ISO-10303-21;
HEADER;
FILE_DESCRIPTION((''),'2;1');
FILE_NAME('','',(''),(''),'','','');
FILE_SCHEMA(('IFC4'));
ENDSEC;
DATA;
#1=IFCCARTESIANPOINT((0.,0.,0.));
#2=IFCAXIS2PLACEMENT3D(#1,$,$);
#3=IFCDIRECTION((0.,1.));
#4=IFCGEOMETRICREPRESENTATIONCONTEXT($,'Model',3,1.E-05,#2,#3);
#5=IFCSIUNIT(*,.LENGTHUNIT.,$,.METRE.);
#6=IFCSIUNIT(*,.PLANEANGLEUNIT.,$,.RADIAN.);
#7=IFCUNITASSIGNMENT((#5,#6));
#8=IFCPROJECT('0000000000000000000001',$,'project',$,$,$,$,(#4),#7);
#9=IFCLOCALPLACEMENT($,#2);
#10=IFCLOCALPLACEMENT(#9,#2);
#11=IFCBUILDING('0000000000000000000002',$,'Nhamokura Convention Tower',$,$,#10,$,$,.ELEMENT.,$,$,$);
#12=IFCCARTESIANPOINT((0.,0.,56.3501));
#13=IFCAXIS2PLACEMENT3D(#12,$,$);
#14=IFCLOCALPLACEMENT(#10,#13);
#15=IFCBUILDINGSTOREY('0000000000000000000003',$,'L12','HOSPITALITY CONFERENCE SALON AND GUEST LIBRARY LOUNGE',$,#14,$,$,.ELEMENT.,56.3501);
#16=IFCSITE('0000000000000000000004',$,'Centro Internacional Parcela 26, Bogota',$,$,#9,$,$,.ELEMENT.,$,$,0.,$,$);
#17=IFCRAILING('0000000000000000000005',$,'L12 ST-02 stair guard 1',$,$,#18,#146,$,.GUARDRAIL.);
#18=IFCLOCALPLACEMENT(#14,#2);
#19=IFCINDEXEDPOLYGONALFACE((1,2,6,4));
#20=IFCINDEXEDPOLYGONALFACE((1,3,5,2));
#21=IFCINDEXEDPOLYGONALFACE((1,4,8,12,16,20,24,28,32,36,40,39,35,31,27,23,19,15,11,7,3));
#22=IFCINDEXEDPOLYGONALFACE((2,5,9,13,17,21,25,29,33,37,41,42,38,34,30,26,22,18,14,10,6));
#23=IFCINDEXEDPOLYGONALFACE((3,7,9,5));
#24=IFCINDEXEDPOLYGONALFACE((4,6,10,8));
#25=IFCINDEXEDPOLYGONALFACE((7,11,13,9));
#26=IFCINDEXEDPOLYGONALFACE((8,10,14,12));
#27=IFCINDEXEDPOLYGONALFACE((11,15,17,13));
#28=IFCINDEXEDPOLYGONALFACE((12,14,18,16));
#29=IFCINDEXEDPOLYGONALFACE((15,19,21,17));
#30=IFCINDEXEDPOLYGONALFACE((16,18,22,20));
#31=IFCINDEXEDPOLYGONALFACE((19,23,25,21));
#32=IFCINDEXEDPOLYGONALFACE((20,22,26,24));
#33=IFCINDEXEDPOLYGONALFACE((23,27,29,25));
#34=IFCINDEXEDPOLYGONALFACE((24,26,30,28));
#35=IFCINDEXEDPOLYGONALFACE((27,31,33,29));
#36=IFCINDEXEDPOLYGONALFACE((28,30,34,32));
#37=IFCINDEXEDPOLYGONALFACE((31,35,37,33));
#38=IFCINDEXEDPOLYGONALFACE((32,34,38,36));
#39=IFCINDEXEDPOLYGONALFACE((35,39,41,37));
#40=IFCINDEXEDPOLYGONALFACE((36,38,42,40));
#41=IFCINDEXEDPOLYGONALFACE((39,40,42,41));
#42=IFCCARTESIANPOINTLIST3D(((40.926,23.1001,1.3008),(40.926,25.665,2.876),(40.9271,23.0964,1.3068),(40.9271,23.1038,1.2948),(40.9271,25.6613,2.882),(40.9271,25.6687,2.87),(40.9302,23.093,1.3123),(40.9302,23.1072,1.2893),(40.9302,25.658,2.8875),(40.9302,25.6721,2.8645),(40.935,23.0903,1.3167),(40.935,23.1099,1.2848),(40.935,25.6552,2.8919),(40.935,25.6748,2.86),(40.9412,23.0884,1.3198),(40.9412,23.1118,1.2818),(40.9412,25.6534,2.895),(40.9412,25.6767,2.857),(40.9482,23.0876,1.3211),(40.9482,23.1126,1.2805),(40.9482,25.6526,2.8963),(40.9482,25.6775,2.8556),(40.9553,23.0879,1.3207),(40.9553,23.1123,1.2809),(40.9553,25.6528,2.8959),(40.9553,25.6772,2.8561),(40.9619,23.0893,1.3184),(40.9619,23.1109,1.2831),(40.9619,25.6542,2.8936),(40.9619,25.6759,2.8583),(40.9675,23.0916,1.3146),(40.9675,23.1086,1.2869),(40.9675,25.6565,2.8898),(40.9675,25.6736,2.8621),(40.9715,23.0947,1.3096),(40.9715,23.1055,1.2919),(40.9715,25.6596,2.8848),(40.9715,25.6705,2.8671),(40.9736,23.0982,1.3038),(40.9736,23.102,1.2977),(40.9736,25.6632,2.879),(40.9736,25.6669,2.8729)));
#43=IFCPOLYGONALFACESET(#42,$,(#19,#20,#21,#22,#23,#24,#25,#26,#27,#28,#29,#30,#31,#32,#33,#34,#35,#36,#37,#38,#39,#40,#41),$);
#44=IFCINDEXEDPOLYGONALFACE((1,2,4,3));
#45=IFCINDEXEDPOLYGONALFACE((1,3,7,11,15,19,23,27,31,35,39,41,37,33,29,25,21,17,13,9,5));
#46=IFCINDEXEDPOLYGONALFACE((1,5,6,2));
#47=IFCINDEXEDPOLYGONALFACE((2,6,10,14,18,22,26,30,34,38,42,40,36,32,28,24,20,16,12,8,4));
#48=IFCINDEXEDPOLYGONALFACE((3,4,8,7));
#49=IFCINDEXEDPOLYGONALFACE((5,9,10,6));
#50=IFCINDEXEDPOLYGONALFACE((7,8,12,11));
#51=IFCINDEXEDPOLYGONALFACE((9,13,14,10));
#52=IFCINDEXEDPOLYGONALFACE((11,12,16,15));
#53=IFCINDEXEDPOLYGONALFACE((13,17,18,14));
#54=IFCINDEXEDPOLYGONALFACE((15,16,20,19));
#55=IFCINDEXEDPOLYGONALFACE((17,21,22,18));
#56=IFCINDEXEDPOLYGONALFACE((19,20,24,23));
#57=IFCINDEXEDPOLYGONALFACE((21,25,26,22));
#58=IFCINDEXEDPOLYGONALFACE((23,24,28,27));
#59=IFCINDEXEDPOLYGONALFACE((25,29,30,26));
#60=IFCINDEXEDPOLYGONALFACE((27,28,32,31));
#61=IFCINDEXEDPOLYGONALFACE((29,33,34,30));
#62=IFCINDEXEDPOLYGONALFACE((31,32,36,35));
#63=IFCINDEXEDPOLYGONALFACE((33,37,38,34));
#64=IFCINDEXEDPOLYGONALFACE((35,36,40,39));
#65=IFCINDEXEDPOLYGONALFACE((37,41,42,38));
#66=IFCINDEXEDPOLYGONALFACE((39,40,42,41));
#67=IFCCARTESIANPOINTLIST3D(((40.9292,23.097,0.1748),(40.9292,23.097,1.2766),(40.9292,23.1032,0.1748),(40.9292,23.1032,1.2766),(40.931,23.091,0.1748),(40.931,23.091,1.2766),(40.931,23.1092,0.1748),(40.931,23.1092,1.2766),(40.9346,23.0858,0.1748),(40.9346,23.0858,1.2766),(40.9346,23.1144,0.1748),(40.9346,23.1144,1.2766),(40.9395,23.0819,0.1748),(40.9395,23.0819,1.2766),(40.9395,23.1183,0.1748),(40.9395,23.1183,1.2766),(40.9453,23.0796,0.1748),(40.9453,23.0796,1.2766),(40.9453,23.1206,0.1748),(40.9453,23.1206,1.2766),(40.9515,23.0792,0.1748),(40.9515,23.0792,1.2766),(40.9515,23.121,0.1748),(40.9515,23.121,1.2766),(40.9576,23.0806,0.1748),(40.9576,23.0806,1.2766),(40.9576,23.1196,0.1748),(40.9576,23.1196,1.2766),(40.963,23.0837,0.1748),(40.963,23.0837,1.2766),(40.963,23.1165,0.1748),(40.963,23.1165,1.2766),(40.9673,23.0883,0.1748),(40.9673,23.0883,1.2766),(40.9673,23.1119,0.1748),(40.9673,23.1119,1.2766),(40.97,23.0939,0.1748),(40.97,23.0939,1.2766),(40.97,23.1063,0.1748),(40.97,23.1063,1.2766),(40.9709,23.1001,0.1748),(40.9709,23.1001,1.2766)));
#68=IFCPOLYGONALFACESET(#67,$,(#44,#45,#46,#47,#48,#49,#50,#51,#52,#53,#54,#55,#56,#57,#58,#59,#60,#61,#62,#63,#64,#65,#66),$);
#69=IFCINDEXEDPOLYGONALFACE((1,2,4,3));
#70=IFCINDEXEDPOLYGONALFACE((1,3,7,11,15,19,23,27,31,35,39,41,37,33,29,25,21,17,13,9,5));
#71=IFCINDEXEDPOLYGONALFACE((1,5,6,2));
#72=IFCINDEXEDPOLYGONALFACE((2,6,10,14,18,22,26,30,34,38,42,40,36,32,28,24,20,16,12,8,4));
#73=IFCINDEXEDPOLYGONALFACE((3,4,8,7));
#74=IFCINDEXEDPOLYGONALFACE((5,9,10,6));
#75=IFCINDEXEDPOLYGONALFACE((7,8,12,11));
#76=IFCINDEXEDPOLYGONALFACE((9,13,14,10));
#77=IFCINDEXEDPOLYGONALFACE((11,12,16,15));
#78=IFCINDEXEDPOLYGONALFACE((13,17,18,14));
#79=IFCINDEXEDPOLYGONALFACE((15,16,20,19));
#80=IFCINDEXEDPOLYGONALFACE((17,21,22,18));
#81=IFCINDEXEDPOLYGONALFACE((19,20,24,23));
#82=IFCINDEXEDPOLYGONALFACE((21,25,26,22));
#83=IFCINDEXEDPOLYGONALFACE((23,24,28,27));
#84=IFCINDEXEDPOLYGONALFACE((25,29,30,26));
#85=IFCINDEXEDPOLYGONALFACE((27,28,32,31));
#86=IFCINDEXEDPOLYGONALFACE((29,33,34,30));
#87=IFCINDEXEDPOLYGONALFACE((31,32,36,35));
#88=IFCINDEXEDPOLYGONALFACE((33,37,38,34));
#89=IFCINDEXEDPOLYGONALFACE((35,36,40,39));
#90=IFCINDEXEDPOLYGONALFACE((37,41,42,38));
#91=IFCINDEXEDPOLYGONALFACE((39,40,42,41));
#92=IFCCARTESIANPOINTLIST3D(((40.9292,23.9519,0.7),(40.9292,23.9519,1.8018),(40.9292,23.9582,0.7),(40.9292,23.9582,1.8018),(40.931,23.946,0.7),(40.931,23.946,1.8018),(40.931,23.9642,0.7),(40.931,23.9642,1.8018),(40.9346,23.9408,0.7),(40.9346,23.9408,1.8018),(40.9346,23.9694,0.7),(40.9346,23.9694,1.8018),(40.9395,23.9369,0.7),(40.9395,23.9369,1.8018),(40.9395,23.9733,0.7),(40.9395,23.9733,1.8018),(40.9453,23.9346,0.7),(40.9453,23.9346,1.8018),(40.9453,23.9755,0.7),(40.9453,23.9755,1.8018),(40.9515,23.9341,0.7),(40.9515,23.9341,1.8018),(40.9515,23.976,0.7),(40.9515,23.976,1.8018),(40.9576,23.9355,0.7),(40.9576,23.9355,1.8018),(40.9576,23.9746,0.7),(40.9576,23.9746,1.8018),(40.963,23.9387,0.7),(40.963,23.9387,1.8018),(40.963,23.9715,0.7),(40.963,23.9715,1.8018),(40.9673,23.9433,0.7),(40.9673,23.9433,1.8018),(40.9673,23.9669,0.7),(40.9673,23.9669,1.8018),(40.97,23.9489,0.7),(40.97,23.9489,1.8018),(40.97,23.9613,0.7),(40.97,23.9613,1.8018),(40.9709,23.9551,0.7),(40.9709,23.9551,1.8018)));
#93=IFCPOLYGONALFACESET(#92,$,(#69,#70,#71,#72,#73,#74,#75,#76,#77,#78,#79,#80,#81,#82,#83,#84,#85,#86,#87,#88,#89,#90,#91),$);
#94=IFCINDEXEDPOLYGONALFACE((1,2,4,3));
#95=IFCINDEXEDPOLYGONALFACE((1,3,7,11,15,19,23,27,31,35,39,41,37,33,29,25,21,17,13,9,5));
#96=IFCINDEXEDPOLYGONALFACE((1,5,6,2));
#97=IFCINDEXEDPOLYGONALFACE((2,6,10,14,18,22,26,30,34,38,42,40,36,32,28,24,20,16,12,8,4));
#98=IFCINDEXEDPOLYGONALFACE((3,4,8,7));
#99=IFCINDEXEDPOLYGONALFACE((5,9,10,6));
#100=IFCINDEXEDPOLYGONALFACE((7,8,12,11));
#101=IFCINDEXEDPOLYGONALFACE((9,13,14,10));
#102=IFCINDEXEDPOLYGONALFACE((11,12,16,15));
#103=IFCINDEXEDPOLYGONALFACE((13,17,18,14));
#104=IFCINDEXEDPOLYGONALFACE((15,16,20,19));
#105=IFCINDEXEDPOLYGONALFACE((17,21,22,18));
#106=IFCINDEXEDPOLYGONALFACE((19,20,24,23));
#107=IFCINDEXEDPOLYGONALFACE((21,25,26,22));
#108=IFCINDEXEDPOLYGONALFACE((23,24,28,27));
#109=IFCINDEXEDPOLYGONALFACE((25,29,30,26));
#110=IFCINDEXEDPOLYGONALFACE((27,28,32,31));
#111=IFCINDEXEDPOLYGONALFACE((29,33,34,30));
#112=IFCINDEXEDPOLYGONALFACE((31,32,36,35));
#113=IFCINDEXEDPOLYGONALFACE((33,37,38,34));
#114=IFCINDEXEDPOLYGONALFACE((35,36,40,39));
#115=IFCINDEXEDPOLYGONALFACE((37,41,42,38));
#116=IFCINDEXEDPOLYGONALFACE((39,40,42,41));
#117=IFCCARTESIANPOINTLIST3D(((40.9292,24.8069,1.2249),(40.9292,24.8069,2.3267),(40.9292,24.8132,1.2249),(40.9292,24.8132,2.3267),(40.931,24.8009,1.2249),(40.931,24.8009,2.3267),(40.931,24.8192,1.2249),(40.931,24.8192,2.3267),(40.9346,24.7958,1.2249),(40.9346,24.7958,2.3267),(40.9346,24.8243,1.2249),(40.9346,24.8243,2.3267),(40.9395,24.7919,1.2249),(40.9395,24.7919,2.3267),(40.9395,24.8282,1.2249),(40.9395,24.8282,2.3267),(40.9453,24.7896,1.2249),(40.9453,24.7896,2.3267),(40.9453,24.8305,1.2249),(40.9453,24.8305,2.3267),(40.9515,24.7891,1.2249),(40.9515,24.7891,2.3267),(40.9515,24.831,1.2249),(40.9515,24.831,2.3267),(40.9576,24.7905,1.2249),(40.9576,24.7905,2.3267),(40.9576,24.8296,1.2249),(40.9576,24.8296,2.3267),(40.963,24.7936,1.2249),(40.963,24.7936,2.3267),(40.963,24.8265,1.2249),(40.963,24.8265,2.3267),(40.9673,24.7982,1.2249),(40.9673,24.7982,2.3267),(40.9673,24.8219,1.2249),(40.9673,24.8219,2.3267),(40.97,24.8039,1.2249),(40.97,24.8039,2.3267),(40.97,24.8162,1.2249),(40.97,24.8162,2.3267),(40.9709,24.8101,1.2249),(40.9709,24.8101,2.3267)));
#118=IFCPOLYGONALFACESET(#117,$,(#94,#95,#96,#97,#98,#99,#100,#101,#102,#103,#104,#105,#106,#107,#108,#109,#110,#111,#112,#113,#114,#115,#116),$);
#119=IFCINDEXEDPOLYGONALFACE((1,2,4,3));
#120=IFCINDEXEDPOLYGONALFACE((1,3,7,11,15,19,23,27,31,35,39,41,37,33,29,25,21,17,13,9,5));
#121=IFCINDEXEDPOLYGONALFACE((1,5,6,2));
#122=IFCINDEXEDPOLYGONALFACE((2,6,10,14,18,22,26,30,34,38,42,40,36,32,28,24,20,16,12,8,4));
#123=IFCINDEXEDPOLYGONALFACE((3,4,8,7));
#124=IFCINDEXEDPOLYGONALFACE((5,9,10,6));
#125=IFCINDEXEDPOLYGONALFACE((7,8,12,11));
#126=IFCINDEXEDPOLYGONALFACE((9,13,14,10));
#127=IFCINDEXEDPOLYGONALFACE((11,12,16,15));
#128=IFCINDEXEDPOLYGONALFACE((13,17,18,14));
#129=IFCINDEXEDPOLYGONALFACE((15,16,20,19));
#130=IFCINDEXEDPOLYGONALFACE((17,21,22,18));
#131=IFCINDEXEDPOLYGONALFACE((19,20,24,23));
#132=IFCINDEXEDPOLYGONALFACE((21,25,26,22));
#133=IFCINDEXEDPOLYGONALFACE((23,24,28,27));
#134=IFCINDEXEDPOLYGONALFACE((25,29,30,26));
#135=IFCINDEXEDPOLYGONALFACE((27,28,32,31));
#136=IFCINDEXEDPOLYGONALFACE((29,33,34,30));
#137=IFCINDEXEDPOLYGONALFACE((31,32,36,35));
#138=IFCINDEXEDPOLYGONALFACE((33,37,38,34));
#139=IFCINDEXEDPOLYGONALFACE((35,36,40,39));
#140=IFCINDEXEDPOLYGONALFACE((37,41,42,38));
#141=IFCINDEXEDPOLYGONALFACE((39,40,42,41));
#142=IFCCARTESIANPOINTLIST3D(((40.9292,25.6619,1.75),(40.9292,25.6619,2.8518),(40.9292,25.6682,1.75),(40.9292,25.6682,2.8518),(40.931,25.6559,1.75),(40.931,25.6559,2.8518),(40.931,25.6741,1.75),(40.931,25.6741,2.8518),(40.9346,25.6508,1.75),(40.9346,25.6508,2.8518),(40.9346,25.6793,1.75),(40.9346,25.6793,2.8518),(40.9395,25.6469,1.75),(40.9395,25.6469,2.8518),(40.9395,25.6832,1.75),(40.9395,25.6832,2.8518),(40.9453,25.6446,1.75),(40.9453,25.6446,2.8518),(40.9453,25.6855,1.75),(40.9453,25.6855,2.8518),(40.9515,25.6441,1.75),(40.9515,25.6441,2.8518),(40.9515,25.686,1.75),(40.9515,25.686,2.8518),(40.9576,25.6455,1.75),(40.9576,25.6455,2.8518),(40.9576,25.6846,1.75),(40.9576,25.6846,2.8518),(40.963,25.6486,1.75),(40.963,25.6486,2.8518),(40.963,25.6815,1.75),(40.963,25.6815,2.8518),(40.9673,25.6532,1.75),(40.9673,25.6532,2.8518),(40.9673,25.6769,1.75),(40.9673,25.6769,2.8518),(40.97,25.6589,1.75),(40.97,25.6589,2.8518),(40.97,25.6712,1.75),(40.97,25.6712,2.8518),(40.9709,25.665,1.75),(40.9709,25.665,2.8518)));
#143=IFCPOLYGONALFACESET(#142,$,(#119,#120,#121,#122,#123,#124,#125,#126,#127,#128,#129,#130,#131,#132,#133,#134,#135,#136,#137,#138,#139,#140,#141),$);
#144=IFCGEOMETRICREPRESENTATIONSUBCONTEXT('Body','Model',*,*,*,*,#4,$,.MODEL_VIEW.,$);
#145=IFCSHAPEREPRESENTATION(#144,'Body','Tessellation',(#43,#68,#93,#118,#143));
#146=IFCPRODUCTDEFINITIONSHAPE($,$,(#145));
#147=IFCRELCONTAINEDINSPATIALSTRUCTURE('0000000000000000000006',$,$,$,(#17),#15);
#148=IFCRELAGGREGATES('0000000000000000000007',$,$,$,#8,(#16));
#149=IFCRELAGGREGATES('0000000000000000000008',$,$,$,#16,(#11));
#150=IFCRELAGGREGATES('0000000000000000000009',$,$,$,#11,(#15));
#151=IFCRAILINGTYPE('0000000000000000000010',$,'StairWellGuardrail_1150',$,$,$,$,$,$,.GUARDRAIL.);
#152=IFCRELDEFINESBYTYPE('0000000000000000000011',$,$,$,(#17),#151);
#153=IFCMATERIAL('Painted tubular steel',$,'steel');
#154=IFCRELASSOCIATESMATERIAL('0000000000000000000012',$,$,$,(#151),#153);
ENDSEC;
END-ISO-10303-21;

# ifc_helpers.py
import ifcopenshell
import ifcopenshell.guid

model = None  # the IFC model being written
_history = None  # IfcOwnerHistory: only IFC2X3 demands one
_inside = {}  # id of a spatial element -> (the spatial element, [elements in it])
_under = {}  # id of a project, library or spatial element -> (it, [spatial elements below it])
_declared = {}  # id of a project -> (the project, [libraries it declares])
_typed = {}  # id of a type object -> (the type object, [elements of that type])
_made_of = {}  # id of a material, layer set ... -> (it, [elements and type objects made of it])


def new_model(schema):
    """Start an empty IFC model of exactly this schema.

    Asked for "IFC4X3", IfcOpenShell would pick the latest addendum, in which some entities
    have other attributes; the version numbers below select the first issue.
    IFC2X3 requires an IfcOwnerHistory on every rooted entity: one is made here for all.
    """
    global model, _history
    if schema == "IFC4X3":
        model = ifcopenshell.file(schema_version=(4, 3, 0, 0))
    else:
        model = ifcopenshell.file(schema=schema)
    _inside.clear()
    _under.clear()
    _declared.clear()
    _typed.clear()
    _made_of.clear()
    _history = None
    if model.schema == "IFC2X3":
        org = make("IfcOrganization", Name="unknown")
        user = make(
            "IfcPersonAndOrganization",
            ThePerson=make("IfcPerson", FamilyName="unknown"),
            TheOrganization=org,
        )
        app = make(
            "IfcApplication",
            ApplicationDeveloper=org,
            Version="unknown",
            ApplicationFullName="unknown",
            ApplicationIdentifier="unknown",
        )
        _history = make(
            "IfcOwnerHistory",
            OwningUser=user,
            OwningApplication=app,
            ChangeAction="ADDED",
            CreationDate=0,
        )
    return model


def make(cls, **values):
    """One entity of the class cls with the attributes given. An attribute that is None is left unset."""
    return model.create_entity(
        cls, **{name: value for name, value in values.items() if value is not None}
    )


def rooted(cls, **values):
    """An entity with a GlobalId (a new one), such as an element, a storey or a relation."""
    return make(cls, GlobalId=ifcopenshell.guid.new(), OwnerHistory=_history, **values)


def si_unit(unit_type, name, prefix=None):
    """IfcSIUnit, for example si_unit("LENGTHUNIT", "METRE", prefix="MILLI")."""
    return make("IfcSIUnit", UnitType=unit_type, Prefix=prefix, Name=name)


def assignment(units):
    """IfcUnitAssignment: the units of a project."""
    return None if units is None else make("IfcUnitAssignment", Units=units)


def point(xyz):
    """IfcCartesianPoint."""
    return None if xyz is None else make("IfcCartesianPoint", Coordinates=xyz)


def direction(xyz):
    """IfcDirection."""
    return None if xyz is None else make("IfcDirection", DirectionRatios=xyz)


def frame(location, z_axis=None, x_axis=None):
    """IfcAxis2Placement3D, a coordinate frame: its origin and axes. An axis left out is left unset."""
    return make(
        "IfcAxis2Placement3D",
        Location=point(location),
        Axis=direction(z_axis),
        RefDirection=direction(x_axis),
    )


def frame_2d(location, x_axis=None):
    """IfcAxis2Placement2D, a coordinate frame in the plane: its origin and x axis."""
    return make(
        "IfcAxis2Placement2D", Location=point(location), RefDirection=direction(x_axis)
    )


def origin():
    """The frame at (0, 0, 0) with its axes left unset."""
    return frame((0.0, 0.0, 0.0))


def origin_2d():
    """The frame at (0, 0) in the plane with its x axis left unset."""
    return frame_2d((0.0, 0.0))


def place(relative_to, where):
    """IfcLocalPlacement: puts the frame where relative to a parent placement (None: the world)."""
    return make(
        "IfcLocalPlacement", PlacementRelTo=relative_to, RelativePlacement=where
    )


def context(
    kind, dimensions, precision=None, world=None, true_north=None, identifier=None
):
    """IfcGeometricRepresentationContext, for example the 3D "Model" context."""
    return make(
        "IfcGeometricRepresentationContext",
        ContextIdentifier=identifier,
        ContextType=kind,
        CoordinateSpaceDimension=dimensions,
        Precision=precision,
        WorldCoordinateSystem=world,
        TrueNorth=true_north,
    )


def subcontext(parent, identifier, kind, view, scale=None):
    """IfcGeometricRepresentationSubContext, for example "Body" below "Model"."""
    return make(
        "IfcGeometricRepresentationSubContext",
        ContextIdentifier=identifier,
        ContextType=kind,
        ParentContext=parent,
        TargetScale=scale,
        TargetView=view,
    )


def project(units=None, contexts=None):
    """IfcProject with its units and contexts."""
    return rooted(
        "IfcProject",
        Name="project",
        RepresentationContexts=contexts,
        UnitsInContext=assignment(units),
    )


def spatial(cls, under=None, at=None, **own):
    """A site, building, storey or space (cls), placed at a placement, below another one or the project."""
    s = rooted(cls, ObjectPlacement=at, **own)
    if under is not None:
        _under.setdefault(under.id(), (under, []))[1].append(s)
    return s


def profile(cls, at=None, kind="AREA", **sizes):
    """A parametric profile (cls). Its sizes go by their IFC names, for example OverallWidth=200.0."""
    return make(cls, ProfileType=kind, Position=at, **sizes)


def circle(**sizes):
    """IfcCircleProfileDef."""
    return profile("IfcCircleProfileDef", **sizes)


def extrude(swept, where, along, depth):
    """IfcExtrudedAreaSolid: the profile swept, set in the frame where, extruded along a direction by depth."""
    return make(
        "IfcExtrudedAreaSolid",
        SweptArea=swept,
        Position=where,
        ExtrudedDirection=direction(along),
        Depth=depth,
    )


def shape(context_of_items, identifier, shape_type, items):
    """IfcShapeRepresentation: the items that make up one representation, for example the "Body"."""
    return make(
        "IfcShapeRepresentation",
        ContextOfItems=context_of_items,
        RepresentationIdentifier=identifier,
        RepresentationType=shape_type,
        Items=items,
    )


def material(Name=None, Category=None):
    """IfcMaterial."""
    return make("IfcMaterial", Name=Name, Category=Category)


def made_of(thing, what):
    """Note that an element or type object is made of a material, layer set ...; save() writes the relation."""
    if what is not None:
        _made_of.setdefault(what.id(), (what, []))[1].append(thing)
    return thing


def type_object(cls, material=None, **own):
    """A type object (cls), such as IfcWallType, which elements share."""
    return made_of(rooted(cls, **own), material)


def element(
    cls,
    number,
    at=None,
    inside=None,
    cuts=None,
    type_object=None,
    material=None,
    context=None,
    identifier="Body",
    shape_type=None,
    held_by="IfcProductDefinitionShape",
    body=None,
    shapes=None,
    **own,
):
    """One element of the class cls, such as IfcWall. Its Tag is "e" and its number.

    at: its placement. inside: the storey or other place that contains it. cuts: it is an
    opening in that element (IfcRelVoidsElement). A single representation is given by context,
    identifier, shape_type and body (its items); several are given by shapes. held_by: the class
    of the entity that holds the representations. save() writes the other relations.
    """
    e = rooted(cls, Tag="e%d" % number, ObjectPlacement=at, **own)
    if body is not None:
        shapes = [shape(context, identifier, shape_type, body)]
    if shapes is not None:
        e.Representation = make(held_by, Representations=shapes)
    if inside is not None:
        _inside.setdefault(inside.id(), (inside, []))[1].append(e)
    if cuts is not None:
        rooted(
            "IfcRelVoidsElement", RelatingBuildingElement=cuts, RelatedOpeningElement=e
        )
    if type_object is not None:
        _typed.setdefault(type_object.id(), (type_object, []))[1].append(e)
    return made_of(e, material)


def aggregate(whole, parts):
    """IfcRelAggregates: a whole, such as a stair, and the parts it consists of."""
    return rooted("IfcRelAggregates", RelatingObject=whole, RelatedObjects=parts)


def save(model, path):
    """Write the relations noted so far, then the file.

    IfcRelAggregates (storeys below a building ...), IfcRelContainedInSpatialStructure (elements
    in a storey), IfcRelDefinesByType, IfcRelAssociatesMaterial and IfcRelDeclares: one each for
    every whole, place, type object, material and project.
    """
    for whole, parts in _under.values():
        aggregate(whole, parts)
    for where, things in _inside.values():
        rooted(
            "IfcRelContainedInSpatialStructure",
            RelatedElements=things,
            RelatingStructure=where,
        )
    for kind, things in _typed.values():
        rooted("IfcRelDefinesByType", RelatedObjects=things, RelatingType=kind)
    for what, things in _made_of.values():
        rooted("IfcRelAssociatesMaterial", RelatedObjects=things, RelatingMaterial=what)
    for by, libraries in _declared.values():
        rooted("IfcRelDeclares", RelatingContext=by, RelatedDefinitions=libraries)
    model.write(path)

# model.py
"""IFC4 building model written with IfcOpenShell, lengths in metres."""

from ifc_helpers import new_model, si_unit, direction, frame, origin, origin_2d, place, context, subcontext, project, spatial, circle, extrude, material, type_object, element, save


model = new_model("IFC4")

# Units and contexts
model_context = context("Model", 3, precision=1e-05, world=origin(), true_north=direction((0.0, 1.0)))
body_context = subcontext(model_context, "Body", "Model", "MODEL_VIEW")
ifc_project = project(units=[si_unit("LENGTHUNIT", "METRE"), si_unit("PLANEANGLEUNIT", "RADIAN")], contexts=[model_context])

# Site, building, storey
site_placement = place(None, origin())
site = spatial("IfcSite", under=ifc_project, at=site_placement, Name="Centro Internacional Parcela 26, Bogota", CompositionType="ELEMENT", RefElevation=0.0)
building_placement = place(site_placement, origin())
building = spatial("IfcBuilding", under=site, at=building_placement, Name="Nhamokura Convention Tower", CompositionType="ELEMENT")
storey_placement = place(building_placement, frame((0.0, 0.0, 56.3501)))
storey = spatial("IfcBuildingStorey", under=building, at=storey_placement, Name="L12", Description="HOSPITALITY CONFERENCE SALON AND GUEST LIBRARY LOUNGE", CompositionType="ELEMENT", Elevation=56.3501)

# Railing
ifc_material_1 = material(Name="Painted tubular steel", Category="steel")
railing_type_1 = type_object("IfcRailingType", Name="StairWellGuardrail_1150", PredefinedType="GUARDRAIL", material=ifc_material_1)
railing_1_placement = place(storey_placement, frame((40.95, 23.1001, 0.1748)))
element("IfcRailing", 1, at=railing_1_placement, inside=storey, type_object=railing_type_1, Name="L12 ST-02 stair guard 1", PredefinedType="GUARDRAIL", context=body_context, shape_type="SweptSolid", body=[
    extrude(circle(Radius=0.0239, at=origin_2d()), frame((0.0, 0.0, 1.126), z_axis=(0.0, 0.852137, 0.523319), x_axis=(-1.0, 0.0, 0.0)), (0.0, 0.0, 1.0), 3.01),
    extrude(circle(Radius=0.021, at=origin_2d()), origin(), (0.0, 0.0, 1.0), 1.1018),
    extrude(circle(Radius=0.021, at=origin_2d()), frame((0.0, 0.855, 0.5251)), (0.0, 0.0, 1.0), 1.1018),
    extrude(circle(Radius=0.021, at=origin_2d()), frame((0.0, 1.71, 1.05)), (0.0, 0.0, 1.0), 1.1018),
    extrude(circle(Radius=0.021, at=origin_2d()), frame((0.0, 2.5649, 1.5752)), (0.0, 0.0, 1.0), 1.1018),
])

save(model, "model.ifc")
